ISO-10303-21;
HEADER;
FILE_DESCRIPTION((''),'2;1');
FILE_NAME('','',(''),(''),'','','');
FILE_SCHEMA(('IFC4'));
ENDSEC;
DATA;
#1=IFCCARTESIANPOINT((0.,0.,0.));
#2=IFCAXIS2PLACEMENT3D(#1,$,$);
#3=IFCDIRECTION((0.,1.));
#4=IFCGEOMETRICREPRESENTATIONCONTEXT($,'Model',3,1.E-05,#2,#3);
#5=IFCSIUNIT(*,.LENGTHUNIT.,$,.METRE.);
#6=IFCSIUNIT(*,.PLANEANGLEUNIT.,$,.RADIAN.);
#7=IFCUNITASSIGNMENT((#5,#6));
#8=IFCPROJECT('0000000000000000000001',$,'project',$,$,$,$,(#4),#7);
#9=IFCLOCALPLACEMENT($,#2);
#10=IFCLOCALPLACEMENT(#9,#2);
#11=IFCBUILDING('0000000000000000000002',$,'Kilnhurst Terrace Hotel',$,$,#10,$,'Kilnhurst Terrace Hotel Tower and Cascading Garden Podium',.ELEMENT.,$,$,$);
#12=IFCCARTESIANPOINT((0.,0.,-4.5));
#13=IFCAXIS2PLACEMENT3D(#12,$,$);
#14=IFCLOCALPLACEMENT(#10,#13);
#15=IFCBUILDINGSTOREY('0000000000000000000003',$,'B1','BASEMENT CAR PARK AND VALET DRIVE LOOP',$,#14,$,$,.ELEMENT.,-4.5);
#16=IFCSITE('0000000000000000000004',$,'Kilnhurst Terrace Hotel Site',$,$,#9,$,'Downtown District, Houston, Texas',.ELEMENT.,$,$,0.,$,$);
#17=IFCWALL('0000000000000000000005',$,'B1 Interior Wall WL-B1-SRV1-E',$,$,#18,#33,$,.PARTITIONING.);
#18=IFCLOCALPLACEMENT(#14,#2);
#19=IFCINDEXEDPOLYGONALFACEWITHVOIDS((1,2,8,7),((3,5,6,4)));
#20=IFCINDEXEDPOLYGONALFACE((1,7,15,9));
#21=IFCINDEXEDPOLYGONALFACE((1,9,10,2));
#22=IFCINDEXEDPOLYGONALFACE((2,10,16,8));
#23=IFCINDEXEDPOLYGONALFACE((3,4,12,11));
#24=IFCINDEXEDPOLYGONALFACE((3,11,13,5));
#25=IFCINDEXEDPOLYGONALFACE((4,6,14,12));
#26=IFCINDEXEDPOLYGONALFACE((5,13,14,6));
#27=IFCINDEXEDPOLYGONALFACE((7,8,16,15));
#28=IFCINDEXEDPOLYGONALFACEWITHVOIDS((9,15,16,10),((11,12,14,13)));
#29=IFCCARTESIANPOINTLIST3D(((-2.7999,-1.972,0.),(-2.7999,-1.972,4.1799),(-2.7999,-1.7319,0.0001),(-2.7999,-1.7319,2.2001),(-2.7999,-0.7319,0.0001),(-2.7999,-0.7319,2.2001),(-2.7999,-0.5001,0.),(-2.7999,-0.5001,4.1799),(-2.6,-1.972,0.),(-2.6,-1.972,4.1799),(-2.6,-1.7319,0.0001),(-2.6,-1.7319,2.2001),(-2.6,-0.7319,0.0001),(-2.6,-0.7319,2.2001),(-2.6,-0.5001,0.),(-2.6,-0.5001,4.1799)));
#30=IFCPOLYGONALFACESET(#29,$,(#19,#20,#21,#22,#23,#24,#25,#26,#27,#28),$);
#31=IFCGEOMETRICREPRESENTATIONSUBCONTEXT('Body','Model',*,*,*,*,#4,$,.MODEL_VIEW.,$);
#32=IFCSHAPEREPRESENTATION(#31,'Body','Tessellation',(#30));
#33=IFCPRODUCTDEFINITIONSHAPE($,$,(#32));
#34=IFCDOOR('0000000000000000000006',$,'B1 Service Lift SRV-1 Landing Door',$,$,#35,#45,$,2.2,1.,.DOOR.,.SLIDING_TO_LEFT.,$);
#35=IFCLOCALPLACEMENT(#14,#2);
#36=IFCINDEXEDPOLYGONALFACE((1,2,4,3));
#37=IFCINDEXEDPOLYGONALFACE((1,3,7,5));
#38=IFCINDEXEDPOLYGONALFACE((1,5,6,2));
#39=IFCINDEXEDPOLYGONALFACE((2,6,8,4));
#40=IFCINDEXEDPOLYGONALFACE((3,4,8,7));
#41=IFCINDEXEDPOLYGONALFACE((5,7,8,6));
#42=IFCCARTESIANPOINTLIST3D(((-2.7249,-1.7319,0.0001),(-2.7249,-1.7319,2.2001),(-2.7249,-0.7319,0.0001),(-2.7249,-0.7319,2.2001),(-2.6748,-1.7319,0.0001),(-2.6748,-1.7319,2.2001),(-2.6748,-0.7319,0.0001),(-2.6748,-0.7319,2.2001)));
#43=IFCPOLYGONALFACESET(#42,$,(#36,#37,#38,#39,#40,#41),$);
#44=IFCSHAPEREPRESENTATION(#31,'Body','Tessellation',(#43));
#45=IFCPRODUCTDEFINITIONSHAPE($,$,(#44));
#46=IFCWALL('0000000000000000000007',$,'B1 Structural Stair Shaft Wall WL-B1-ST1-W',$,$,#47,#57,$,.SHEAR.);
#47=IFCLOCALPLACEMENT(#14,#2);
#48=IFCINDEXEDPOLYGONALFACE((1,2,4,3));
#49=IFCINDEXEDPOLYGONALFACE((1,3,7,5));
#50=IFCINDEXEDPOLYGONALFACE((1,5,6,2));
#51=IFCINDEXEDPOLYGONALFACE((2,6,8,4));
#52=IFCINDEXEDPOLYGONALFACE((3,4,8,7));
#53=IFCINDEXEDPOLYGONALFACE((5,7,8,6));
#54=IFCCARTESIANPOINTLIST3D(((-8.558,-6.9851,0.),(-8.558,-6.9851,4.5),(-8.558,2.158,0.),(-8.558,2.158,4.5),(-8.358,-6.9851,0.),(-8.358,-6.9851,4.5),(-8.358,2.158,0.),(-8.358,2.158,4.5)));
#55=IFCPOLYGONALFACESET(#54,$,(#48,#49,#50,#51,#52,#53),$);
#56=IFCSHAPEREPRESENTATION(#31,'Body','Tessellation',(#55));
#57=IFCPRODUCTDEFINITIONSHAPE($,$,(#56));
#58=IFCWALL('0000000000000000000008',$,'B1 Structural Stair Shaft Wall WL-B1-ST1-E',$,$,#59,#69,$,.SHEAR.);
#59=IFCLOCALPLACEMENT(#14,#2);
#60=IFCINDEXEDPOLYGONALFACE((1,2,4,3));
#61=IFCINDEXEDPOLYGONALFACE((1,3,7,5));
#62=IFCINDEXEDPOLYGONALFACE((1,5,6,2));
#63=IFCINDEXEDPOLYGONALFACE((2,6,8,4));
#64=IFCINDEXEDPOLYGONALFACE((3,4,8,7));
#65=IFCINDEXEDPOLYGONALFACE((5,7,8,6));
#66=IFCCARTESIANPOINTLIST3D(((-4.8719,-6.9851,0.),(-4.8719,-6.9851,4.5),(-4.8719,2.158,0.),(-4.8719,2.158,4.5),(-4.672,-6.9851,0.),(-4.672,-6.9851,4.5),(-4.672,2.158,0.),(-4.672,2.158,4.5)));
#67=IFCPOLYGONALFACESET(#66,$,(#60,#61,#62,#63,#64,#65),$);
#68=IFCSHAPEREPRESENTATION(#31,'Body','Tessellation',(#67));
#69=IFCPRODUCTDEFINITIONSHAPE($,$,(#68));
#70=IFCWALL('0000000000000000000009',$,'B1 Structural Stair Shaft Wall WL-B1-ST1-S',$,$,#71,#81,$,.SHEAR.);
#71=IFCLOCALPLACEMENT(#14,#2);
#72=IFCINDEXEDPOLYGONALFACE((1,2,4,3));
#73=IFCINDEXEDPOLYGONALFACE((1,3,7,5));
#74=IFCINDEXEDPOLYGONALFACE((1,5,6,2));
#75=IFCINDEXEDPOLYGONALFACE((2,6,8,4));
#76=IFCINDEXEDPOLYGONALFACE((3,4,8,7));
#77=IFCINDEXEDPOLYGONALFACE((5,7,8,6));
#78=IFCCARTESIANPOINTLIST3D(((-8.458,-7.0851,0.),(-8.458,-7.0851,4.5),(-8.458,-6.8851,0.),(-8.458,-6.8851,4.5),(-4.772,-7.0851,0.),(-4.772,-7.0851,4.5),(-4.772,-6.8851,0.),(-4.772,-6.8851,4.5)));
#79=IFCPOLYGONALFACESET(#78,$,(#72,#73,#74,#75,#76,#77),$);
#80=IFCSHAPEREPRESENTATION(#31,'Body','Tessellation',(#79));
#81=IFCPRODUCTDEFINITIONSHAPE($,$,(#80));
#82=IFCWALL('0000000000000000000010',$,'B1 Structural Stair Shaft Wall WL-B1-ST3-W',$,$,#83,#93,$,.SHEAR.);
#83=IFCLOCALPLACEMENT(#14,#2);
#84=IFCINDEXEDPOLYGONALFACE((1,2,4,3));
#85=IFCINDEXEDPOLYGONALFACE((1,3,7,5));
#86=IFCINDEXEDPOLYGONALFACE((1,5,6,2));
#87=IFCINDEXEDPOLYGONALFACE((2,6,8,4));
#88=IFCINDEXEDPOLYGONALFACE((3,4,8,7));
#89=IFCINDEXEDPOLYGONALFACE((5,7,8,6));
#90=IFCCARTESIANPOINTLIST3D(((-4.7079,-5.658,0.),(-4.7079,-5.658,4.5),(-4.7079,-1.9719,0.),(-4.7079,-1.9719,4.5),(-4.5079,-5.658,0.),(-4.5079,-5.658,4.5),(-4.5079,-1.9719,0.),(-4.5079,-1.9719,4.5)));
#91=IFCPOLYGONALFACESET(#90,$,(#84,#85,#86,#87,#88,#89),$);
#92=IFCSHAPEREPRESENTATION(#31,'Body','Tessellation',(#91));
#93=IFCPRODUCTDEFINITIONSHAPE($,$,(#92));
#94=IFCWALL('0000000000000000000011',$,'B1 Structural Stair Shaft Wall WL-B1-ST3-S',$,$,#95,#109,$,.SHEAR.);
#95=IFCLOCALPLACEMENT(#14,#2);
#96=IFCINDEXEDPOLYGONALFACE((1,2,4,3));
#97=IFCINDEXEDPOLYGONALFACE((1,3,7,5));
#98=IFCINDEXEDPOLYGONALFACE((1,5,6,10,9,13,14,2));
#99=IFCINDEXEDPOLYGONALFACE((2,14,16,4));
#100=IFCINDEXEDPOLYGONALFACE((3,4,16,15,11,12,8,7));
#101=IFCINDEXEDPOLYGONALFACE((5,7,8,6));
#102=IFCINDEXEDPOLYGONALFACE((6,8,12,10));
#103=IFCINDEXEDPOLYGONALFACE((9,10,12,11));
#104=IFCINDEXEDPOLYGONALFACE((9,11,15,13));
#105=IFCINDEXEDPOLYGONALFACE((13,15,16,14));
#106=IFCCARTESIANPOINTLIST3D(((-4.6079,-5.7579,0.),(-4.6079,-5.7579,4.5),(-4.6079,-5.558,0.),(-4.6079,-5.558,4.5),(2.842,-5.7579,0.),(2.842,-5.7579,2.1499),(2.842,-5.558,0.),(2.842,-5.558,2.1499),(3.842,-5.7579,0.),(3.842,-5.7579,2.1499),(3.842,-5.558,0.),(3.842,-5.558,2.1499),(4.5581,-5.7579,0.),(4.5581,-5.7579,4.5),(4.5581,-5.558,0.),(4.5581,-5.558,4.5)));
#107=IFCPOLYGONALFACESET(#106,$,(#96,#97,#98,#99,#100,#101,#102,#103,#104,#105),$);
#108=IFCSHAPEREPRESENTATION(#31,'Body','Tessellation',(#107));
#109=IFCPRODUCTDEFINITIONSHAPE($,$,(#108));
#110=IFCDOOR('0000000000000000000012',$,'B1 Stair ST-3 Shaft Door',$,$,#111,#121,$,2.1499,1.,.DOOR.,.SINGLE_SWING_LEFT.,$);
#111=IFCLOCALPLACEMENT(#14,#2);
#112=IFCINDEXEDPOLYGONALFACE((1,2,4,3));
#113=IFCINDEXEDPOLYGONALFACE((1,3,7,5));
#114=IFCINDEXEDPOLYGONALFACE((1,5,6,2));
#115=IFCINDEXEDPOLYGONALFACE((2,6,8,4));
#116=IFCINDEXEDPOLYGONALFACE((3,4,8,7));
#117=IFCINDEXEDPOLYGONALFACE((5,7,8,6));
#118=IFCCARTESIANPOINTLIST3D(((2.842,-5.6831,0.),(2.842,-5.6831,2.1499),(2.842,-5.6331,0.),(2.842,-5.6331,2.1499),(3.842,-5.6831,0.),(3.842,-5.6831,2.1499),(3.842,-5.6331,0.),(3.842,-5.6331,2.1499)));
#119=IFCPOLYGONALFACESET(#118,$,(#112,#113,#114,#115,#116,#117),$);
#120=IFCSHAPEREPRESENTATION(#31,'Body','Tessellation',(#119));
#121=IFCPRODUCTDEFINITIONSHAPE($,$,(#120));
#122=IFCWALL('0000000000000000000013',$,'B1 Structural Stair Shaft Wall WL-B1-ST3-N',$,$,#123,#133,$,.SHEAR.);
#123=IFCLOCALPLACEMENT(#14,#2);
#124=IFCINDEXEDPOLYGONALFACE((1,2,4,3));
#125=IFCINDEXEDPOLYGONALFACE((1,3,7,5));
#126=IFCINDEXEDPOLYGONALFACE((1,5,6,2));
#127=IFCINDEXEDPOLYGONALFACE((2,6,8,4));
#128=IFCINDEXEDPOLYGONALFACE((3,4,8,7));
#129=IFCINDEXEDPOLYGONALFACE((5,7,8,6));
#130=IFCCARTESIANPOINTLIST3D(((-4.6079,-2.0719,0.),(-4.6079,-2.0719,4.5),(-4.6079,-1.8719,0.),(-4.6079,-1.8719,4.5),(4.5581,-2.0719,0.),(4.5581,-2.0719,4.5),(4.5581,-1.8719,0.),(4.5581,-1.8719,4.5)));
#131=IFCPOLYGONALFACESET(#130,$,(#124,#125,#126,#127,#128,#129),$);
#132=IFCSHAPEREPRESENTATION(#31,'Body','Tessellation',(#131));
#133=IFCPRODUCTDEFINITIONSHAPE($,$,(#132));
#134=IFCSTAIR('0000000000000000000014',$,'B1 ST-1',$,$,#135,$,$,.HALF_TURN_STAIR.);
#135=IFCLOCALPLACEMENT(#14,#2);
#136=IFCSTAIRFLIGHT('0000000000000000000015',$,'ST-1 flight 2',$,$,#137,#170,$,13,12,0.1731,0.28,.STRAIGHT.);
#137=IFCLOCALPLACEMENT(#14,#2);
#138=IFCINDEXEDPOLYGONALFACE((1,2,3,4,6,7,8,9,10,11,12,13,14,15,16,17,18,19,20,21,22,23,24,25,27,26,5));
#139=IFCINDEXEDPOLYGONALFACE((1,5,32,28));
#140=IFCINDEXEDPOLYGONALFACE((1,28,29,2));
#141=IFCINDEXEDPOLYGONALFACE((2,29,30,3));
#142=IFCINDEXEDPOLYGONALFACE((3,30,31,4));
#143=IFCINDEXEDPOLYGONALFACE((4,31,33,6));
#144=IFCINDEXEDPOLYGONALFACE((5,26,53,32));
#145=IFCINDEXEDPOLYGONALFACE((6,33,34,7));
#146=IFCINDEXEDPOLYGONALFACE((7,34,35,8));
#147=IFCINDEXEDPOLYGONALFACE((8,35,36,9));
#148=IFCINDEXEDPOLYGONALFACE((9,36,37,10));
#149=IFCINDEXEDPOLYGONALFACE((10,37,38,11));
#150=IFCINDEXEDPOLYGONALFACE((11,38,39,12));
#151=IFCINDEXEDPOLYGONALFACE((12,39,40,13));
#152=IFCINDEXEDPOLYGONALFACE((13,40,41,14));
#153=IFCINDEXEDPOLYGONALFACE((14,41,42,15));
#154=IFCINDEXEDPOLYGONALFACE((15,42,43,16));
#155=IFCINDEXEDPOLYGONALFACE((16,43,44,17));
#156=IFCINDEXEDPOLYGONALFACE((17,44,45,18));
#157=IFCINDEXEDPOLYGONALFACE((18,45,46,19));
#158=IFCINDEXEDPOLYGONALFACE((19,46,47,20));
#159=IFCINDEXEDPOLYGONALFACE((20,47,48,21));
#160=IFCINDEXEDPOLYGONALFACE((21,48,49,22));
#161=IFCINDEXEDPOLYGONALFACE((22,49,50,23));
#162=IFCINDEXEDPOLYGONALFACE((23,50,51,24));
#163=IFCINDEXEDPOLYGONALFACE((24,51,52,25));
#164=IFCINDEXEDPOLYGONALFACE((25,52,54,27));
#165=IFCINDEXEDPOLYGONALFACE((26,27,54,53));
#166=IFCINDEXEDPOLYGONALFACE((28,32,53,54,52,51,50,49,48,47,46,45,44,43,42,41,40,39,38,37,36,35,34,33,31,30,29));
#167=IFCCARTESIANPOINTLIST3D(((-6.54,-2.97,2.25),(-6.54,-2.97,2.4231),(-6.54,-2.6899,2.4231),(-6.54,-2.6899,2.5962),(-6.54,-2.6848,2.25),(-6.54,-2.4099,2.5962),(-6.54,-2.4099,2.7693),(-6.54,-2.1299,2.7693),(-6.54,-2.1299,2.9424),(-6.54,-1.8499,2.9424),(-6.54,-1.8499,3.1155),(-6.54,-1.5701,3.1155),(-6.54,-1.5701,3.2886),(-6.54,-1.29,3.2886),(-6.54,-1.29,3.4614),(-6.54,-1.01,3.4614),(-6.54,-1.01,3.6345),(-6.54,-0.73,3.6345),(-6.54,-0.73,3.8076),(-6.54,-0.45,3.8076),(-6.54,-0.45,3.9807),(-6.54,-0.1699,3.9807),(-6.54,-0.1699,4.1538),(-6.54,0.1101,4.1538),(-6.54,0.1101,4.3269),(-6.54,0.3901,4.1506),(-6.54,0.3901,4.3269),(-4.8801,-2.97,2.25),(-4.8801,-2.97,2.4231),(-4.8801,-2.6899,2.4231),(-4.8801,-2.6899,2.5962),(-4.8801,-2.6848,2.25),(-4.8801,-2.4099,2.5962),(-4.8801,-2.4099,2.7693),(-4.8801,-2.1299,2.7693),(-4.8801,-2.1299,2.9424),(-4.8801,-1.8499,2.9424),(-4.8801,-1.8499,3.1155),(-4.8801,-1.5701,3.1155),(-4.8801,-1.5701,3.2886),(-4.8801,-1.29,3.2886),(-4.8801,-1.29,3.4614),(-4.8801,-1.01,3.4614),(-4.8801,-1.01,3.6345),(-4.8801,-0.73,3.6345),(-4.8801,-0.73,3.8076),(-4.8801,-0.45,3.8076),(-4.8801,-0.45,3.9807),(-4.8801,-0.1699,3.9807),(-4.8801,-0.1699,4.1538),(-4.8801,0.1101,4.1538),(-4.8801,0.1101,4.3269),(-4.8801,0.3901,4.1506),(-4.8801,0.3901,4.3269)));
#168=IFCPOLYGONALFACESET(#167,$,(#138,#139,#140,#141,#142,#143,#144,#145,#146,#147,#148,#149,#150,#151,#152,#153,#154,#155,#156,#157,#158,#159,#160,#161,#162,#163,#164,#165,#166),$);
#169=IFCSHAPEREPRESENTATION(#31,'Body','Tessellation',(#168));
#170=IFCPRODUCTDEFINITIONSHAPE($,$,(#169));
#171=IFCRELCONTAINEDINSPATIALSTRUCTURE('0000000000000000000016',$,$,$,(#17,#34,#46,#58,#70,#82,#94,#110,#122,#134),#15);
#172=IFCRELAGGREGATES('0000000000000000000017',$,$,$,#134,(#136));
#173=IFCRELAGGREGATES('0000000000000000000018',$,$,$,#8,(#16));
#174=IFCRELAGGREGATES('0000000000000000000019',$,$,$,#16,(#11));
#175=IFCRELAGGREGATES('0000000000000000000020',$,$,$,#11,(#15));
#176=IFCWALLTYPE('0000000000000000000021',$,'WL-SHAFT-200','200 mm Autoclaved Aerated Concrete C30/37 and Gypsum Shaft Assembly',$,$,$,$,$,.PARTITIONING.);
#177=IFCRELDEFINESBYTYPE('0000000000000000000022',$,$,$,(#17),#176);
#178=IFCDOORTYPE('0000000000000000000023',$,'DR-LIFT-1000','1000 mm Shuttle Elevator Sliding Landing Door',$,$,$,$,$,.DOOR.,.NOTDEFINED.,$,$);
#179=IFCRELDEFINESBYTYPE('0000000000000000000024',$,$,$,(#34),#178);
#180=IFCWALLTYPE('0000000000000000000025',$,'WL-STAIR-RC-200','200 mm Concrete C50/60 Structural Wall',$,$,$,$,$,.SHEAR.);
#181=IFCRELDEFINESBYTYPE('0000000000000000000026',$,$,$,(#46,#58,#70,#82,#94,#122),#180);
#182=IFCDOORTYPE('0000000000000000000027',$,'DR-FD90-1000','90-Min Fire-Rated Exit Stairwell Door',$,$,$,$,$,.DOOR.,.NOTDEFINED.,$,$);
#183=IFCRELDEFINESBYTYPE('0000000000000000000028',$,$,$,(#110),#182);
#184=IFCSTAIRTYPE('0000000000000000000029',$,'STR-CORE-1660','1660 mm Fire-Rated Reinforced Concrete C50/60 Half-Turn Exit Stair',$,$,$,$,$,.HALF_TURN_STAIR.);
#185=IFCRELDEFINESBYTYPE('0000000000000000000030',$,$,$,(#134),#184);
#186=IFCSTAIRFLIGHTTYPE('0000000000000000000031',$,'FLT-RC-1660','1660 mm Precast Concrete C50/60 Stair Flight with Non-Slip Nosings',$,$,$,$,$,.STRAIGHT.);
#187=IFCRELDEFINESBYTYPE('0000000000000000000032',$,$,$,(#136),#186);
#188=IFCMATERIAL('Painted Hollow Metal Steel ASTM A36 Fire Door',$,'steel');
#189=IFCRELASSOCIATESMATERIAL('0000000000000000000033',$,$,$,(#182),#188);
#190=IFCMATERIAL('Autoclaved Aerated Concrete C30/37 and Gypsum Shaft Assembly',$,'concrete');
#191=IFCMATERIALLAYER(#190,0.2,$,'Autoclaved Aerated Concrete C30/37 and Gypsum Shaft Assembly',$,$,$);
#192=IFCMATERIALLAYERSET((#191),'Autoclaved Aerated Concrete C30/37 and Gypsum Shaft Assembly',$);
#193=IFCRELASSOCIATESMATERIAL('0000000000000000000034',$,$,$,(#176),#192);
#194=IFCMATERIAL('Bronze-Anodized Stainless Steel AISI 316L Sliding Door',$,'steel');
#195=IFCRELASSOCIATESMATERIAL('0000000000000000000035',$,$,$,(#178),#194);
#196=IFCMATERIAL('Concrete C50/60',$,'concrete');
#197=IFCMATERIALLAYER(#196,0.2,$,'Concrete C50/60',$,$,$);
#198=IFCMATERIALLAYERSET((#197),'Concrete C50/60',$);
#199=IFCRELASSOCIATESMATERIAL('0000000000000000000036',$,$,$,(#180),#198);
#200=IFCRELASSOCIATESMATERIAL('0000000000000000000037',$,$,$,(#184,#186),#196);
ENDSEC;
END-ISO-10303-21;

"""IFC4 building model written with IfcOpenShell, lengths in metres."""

from ifc_helpers import new_model, si_unit, direction, frame, frame_2d, origin, place, context, subcontext, project, spatial, polyline, rectangle, outline, extrude, material, layer, layer_set, type_object, element, fill, aggregate, save


model = new_model("IFC4")

# Units and contexts
model_context = context("Model", 3, precision=1e-05, world=origin(), true_north=direction((0.0, 1.0)))
body_context = subcontext(model_context, "Body", "Model", "MODEL_VIEW")
ifc_project = project(units=[si_unit("LENGTHUNIT", "METRE"), si_unit("PLANEANGLEUNIT", "RADIAN")], contexts=[model_context])

# Site, building, storey
site_placement = place(None, origin())
site = spatial("IfcSite", under=ifc_project, at=site_placement, Name="Kilnhurst Terrace Hotel Site", LongName="Downtown District, Houston, Texas", CompositionType="ELEMENT", RefElevation=0.0)
building_placement = place(site_placement, origin())
building = spatial("IfcBuilding", under=site, at=building_placement, Name="Kilnhurst Terrace Hotel", LongName="Kilnhurst Terrace Hotel Tower and Cascading Garden Podium", CompositionType="ELEMENT")
storey_placement = place(building_placement, frame((0.0, 0.0, -4.5)))
storey = spatial("IfcBuildingStorey", under=building, at=storey_placement, Name="B1", Description="BASEMENT CAR PARK AND VALET DRIVE LOOP", CompositionType="ELEMENT", Elevation=-4.5)

# Shared definitions
ifc_material_1 = material(Name="Concrete C50/60", Category="concrete")

# Shared definitions
ifc_material_2 = material(Name="Painted Hollow Metal Steel ASTM A36 Fire Door", Category="steel")
door_type_1 = type_object("IfcDoorType", Name="DR-FD90-1000", Description="90-Min Fire-Rated Exit Stairwell Door", OperationType="NOTDEFINED", PredefinedType="DOOR", material=ifc_material_2)

# Wall, opening, door
ifc_material_3 = material(Name="Autoclaved Aerated Concrete C30/37 and Gypsum Shaft Assembly", Category="concrete")
ifc_layer_1 = layer(ifc_material_3, 0.2, Name="Autoclaved Aerated Concrete C30/37 and Gypsum Shaft Assembly")
ifc_layer_set_1 = layer_set([ifc_layer_1], Name="Autoclaved Aerated Concrete C30/37 and Gypsum Shaft Assembly")
wall_type_1 = type_object("IfcWallType", Name="WL-SHAFT-200", Description="200 mm Autoclaved Aerated Concrete C30/37 and Gypsum Shaft Assembly", PredefinedType="PARTITIONING", material=ifc_layer_set_1)
wall_1_placement = place(storey_placement, frame((-2.7, -1.9719, 0.0), z_axis=(0.0, 0.0, 1.0), x_axis=(0.0, 1.0, 0.0)))
wall_1 = element("IfcWall", 1, at=wall_1_placement, inside=storey, type_object=wall_type_1, Name="B1 Interior Wall WL-B1-SRV1-E", PredefinedType="PARTITIONING", context=body_context, shape_type="SweptSolid", body=[
    extrude(rectangle(XDim=1.4719, YDim=0.2, at=frame_2d((0.7358, 0.0))), origin(), (0.0, 0.0, 1.0), 4.1799),
])
opening_1_placement = place(wall_1_placement, frame((0.24, 0.0, 0.0)))
opening_1 = element("IfcOpeningElement", 2, at=opening_1_placement, cuts=wall_1, PredefinedType="OPENING", context=body_context, shape_type="SweptSolid", body=[
    extrude(rectangle(XDim=1.0, YDim=2.2, at=frame_2d((0.5, 1.1001))), frame((0.0, 0.1099, 0.0), z_axis=(0.0, -1.0, 0.0), x_axis=(1.0, 0.0, 0.0)), (0.0, 0.0, 1.0), 0.22),
])
ifc_material_4 = material(Name="Bronze-Anodized Stainless Steel AISI 316L Sliding Door", Category="steel")
door_type_2 = type_object("IfcDoorType", Name="DR-LIFT-1000", Description="1000 mm Shuttle Elevator Sliding Landing Door", OperationType="NOTDEFINED", PredefinedType="DOOR", material=ifc_material_4)
door_1_placement = place(opening_1_placement, origin())
door_1 = element("IfcDoor", 3, at=door_1_placement, inside=storey, type_object=door_type_2, Name="B1 Service Lift SRV-1 Landing Door", OperationType="SLIDING_TO_LEFT", OverallHeight=2.2, OverallWidth=1.0, PredefinedType="DOOR", context=body_context, shape_type="SweptSolid", body=[
    extrude(rectangle(XDim=1.0, YDim=2.2, at=frame_2d((0.5, 1.1001))), frame((0.0, 0.0249, 0.0), z_axis=(0.0, -1.0, 0.0), x_axis=(1.0, 0.0, 0.0)), (0.0, 0.0, 1.0), 0.05),
])
fill(opening_1, door_1)

# Walls
ifc_layer_2 = layer(ifc_material_1, 0.2, Name="Concrete C50/60")
ifc_layer_set_2 = layer_set([ifc_layer_2], Name="Concrete C50/60")
wall_type_2 = type_object("IfcWallType", Name="WL-STAIR-RC-200", Description="200 mm Concrete C50/60 Structural Wall", PredefinedType="SHEAR", material=ifc_layer_set_2)
for number, where, z_axis, x_axis, name in (
    (4, (-8.458, -6.9851, 0.0), (0.0, 0.0, 1.0), (0.0, 1.0, 0.0), "B1 Structural Stair Shaft Wall WL-B1-ST1-W"),
    (5, (-4.772, -6.9851, 0.0), (0.0, 0.0, 1.0), (0.0, 1.0, 0.0), "B1 Structural Stair Shaft Wall WL-B1-ST1-E"),
):
    element("IfcWall", number, at=place(storey_placement, frame(where, z_axis=z_axis, x_axis=x_axis)), inside=storey, type_object=wall_type_2, Name=name, PredefinedType="SHEAR", context=body_context, shape_type="SweptSolid", body=[
        extrude(rectangle(XDim=9.1431, YDim=0.2, at=frame_2d((4.5715, 0.0))), origin(), (0.0, 0.0, 1.0), 4.5),
    ])
for number, where, z_axis, x_axis, name in (
    (6, (-8.458, -6.9851, 0.0), (0.0, 0.0, 1.0), (1.0, 0.0, 0.0), "B1 Structural Stair Shaft Wall WL-B1-ST1-S"),
    (7, (-4.6079, -5.658, 0.0), (0.0, 0.0, 1.0), (0.0, 1.0, 0.0), "B1 Structural Stair Shaft Wall WL-B1-ST3-W"),
):
    element("IfcWall", number, at=place(storey_placement, frame(where, z_axis=z_axis, x_axis=x_axis)), inside=storey, type_object=wall_type_2, Name=name, PredefinedType="SHEAR", context=body_context, shape_type="SweptSolid", body=[
        extrude(rectangle(XDim=3.686, YDim=0.2, at=frame_2d((1.843, 0.0))), origin(), (0.0, 0.0, 1.0), 4.5),
    ])

# Wall, opening, door
wall_2_placement = place(storey_placement, frame((-4.6079, -5.658, 0.0), z_axis=(0.0, 0.0, 1.0), x_axis=(1.0, 0.0, 0.0)))
wall_2 = element("IfcWall", 8, at=wall_2_placement, inside=storey, type_object=wall_type_2, Name="B1 Structural Stair Shaft Wall WL-B1-ST3-S", PredefinedType="SHEAR", context=body_context, shape_type="SweptSolid", body=[
    extrude(rectangle(XDim=9.166, YDim=0.2, at=frame_2d((4.583, 0.0))), origin(), (0.0, 0.0, 1.0), 4.5),
])
opening_2_placement = place(wall_2_placement, frame((7.45, 0.0, 0.0)))
opening_2 = element("IfcOpeningElement", 9, at=opening_2_placement, cuts=wall_2, PredefinedType="OPENING", context=body_context, shape_type="SweptSolid", body=[
    extrude(rectangle(XDim=1.0, YDim=2.1499, at=frame_2d((0.5, 1.075))), frame((0.0, 0.1099, 0.0), z_axis=(0.0, -1.0, 0.0), x_axis=(1.0, 0.0, 0.0)), (0.0, 0.0, 1.0), 0.22),
])
door_2_placement = place(opening_2_placement, origin())
door_2 = element("IfcDoor", 10, at=door_2_placement, inside=storey, type_object=door_type_1, Name="B1 Stair ST-3 Shaft Door", OperationType="SINGLE_SWING_LEFT", OverallHeight=2.1499, OverallWidth=1.0, PredefinedType="DOOR", context=body_context, shape_type="SweptSolid", body=[
    extrude(rectangle(XDim=1.0, YDim=2.1499, at=frame_2d((0.5, 1.075))), frame((0.0, 0.0249, 0.0), z_axis=(0.0, -1.0, 0.0), x_axis=(1.0, 0.0, 0.0)), (0.0, 0.0, 1.0), 0.05),
])
fill(opening_2, door_2)

# Wall
wall_3_placement = place(storey_placement, frame((-4.6079, -1.9719, 0.0), z_axis=(0.0, 0.0, 1.0), x_axis=(1.0, 0.0, 0.0)))
element("IfcWall", 11, at=wall_3_placement, inside=storey, type_object=wall_type_2, Name="B1 Structural Stair Shaft Wall WL-B1-ST3-N", PredefinedType="SHEAR", context=body_context, shape_type="SweptSolid", body=[
    extrude(rectangle(XDim=9.166, YDim=0.2, at=frame_2d((4.583, 0.0))), origin(), (0.0, 0.0, 1.0), 4.5),
])

# Stair, stair flight
stair_type = type_object("IfcStairType", Name="STR-CORE-1660", Description="1660 mm Fire-Rated Reinforced Concrete C50/60 Half-Turn Exit Stair", PredefinedType="HALF_TURN_STAIR", material=ifc_material_1)
stair_1_placement = place(storey_placement, origin())
stair_1 = element("IfcStair", 12, at=stair_1_placement, inside=storey, type_object=stair_type, Name="B1 ST-1", PredefinedType="HALF_TURN_STAIR")
stair_flight_type = type_object("IfcStairFlightType", Name="FLT-RC-1660", Description="1660 mm Precast Concrete C50/60 Stair Flight with Non-Slip Nosings", PredefinedType="STRAIGHT", material=ifc_material_1)
stair_flight_1_placement = place(storey_placement, frame((-5.71, -2.97, 2.25), z_axis=(0.0, 0.0, 1.0), x_axis=(0.0, 1.0, 0.0)))
stair_flight_1 = element("IfcStairFlight", 13, at=stair_flight_1_placement, type_object=stair_flight_type, Name="ST-1 flight 2", NumberOfRisers=13, NumberOfTreads=12, PredefinedType="STRAIGHT", RiserHeight=0.1731, TreadLength=0.28, context=body_context, shape_type="SweptSolid", body=[
    extrude(outline(polyline([(0.0, 0.0), (0.0, 0.1731), (0.28, 0.1731), (0.28, 0.3462), (0.5601, 0.3462), (0.5601, 0.5193), (0.8401, 0.5193), (0.8401, 0.6924), (1.1201, 0.6924), (1.1201, 0.8655), (1.3999, 0.8655), (1.3999, 1.0386), (1.6799, 1.0386), (1.6799, 1.2114), (1.96, 1.2114), (1.96, 1.3845), (2.24, 1.3845), (2.24, 1.5576), (2.52, 1.5576), (2.52, 1.7307), (2.8, 1.7307), (2.8, 1.9038), (3.0801, 1.9038), (3.0801, 2.0769), (3.3601, 2.0769), (3.3601, 2.25), (3.3601, 1.9006), (0.2852, 0.0), (0.0, 0.0)])), frame((0.0, 0.8301, 0.0), z_axis=(0.0, -1.0, 0.0), x_axis=(1.0, 0.0, 0.0)), (0.0, 0.0, 1.0), 1.6599),
])
aggregate(stair_1, [stair_flight_1])

save(model, "model.ifc")
